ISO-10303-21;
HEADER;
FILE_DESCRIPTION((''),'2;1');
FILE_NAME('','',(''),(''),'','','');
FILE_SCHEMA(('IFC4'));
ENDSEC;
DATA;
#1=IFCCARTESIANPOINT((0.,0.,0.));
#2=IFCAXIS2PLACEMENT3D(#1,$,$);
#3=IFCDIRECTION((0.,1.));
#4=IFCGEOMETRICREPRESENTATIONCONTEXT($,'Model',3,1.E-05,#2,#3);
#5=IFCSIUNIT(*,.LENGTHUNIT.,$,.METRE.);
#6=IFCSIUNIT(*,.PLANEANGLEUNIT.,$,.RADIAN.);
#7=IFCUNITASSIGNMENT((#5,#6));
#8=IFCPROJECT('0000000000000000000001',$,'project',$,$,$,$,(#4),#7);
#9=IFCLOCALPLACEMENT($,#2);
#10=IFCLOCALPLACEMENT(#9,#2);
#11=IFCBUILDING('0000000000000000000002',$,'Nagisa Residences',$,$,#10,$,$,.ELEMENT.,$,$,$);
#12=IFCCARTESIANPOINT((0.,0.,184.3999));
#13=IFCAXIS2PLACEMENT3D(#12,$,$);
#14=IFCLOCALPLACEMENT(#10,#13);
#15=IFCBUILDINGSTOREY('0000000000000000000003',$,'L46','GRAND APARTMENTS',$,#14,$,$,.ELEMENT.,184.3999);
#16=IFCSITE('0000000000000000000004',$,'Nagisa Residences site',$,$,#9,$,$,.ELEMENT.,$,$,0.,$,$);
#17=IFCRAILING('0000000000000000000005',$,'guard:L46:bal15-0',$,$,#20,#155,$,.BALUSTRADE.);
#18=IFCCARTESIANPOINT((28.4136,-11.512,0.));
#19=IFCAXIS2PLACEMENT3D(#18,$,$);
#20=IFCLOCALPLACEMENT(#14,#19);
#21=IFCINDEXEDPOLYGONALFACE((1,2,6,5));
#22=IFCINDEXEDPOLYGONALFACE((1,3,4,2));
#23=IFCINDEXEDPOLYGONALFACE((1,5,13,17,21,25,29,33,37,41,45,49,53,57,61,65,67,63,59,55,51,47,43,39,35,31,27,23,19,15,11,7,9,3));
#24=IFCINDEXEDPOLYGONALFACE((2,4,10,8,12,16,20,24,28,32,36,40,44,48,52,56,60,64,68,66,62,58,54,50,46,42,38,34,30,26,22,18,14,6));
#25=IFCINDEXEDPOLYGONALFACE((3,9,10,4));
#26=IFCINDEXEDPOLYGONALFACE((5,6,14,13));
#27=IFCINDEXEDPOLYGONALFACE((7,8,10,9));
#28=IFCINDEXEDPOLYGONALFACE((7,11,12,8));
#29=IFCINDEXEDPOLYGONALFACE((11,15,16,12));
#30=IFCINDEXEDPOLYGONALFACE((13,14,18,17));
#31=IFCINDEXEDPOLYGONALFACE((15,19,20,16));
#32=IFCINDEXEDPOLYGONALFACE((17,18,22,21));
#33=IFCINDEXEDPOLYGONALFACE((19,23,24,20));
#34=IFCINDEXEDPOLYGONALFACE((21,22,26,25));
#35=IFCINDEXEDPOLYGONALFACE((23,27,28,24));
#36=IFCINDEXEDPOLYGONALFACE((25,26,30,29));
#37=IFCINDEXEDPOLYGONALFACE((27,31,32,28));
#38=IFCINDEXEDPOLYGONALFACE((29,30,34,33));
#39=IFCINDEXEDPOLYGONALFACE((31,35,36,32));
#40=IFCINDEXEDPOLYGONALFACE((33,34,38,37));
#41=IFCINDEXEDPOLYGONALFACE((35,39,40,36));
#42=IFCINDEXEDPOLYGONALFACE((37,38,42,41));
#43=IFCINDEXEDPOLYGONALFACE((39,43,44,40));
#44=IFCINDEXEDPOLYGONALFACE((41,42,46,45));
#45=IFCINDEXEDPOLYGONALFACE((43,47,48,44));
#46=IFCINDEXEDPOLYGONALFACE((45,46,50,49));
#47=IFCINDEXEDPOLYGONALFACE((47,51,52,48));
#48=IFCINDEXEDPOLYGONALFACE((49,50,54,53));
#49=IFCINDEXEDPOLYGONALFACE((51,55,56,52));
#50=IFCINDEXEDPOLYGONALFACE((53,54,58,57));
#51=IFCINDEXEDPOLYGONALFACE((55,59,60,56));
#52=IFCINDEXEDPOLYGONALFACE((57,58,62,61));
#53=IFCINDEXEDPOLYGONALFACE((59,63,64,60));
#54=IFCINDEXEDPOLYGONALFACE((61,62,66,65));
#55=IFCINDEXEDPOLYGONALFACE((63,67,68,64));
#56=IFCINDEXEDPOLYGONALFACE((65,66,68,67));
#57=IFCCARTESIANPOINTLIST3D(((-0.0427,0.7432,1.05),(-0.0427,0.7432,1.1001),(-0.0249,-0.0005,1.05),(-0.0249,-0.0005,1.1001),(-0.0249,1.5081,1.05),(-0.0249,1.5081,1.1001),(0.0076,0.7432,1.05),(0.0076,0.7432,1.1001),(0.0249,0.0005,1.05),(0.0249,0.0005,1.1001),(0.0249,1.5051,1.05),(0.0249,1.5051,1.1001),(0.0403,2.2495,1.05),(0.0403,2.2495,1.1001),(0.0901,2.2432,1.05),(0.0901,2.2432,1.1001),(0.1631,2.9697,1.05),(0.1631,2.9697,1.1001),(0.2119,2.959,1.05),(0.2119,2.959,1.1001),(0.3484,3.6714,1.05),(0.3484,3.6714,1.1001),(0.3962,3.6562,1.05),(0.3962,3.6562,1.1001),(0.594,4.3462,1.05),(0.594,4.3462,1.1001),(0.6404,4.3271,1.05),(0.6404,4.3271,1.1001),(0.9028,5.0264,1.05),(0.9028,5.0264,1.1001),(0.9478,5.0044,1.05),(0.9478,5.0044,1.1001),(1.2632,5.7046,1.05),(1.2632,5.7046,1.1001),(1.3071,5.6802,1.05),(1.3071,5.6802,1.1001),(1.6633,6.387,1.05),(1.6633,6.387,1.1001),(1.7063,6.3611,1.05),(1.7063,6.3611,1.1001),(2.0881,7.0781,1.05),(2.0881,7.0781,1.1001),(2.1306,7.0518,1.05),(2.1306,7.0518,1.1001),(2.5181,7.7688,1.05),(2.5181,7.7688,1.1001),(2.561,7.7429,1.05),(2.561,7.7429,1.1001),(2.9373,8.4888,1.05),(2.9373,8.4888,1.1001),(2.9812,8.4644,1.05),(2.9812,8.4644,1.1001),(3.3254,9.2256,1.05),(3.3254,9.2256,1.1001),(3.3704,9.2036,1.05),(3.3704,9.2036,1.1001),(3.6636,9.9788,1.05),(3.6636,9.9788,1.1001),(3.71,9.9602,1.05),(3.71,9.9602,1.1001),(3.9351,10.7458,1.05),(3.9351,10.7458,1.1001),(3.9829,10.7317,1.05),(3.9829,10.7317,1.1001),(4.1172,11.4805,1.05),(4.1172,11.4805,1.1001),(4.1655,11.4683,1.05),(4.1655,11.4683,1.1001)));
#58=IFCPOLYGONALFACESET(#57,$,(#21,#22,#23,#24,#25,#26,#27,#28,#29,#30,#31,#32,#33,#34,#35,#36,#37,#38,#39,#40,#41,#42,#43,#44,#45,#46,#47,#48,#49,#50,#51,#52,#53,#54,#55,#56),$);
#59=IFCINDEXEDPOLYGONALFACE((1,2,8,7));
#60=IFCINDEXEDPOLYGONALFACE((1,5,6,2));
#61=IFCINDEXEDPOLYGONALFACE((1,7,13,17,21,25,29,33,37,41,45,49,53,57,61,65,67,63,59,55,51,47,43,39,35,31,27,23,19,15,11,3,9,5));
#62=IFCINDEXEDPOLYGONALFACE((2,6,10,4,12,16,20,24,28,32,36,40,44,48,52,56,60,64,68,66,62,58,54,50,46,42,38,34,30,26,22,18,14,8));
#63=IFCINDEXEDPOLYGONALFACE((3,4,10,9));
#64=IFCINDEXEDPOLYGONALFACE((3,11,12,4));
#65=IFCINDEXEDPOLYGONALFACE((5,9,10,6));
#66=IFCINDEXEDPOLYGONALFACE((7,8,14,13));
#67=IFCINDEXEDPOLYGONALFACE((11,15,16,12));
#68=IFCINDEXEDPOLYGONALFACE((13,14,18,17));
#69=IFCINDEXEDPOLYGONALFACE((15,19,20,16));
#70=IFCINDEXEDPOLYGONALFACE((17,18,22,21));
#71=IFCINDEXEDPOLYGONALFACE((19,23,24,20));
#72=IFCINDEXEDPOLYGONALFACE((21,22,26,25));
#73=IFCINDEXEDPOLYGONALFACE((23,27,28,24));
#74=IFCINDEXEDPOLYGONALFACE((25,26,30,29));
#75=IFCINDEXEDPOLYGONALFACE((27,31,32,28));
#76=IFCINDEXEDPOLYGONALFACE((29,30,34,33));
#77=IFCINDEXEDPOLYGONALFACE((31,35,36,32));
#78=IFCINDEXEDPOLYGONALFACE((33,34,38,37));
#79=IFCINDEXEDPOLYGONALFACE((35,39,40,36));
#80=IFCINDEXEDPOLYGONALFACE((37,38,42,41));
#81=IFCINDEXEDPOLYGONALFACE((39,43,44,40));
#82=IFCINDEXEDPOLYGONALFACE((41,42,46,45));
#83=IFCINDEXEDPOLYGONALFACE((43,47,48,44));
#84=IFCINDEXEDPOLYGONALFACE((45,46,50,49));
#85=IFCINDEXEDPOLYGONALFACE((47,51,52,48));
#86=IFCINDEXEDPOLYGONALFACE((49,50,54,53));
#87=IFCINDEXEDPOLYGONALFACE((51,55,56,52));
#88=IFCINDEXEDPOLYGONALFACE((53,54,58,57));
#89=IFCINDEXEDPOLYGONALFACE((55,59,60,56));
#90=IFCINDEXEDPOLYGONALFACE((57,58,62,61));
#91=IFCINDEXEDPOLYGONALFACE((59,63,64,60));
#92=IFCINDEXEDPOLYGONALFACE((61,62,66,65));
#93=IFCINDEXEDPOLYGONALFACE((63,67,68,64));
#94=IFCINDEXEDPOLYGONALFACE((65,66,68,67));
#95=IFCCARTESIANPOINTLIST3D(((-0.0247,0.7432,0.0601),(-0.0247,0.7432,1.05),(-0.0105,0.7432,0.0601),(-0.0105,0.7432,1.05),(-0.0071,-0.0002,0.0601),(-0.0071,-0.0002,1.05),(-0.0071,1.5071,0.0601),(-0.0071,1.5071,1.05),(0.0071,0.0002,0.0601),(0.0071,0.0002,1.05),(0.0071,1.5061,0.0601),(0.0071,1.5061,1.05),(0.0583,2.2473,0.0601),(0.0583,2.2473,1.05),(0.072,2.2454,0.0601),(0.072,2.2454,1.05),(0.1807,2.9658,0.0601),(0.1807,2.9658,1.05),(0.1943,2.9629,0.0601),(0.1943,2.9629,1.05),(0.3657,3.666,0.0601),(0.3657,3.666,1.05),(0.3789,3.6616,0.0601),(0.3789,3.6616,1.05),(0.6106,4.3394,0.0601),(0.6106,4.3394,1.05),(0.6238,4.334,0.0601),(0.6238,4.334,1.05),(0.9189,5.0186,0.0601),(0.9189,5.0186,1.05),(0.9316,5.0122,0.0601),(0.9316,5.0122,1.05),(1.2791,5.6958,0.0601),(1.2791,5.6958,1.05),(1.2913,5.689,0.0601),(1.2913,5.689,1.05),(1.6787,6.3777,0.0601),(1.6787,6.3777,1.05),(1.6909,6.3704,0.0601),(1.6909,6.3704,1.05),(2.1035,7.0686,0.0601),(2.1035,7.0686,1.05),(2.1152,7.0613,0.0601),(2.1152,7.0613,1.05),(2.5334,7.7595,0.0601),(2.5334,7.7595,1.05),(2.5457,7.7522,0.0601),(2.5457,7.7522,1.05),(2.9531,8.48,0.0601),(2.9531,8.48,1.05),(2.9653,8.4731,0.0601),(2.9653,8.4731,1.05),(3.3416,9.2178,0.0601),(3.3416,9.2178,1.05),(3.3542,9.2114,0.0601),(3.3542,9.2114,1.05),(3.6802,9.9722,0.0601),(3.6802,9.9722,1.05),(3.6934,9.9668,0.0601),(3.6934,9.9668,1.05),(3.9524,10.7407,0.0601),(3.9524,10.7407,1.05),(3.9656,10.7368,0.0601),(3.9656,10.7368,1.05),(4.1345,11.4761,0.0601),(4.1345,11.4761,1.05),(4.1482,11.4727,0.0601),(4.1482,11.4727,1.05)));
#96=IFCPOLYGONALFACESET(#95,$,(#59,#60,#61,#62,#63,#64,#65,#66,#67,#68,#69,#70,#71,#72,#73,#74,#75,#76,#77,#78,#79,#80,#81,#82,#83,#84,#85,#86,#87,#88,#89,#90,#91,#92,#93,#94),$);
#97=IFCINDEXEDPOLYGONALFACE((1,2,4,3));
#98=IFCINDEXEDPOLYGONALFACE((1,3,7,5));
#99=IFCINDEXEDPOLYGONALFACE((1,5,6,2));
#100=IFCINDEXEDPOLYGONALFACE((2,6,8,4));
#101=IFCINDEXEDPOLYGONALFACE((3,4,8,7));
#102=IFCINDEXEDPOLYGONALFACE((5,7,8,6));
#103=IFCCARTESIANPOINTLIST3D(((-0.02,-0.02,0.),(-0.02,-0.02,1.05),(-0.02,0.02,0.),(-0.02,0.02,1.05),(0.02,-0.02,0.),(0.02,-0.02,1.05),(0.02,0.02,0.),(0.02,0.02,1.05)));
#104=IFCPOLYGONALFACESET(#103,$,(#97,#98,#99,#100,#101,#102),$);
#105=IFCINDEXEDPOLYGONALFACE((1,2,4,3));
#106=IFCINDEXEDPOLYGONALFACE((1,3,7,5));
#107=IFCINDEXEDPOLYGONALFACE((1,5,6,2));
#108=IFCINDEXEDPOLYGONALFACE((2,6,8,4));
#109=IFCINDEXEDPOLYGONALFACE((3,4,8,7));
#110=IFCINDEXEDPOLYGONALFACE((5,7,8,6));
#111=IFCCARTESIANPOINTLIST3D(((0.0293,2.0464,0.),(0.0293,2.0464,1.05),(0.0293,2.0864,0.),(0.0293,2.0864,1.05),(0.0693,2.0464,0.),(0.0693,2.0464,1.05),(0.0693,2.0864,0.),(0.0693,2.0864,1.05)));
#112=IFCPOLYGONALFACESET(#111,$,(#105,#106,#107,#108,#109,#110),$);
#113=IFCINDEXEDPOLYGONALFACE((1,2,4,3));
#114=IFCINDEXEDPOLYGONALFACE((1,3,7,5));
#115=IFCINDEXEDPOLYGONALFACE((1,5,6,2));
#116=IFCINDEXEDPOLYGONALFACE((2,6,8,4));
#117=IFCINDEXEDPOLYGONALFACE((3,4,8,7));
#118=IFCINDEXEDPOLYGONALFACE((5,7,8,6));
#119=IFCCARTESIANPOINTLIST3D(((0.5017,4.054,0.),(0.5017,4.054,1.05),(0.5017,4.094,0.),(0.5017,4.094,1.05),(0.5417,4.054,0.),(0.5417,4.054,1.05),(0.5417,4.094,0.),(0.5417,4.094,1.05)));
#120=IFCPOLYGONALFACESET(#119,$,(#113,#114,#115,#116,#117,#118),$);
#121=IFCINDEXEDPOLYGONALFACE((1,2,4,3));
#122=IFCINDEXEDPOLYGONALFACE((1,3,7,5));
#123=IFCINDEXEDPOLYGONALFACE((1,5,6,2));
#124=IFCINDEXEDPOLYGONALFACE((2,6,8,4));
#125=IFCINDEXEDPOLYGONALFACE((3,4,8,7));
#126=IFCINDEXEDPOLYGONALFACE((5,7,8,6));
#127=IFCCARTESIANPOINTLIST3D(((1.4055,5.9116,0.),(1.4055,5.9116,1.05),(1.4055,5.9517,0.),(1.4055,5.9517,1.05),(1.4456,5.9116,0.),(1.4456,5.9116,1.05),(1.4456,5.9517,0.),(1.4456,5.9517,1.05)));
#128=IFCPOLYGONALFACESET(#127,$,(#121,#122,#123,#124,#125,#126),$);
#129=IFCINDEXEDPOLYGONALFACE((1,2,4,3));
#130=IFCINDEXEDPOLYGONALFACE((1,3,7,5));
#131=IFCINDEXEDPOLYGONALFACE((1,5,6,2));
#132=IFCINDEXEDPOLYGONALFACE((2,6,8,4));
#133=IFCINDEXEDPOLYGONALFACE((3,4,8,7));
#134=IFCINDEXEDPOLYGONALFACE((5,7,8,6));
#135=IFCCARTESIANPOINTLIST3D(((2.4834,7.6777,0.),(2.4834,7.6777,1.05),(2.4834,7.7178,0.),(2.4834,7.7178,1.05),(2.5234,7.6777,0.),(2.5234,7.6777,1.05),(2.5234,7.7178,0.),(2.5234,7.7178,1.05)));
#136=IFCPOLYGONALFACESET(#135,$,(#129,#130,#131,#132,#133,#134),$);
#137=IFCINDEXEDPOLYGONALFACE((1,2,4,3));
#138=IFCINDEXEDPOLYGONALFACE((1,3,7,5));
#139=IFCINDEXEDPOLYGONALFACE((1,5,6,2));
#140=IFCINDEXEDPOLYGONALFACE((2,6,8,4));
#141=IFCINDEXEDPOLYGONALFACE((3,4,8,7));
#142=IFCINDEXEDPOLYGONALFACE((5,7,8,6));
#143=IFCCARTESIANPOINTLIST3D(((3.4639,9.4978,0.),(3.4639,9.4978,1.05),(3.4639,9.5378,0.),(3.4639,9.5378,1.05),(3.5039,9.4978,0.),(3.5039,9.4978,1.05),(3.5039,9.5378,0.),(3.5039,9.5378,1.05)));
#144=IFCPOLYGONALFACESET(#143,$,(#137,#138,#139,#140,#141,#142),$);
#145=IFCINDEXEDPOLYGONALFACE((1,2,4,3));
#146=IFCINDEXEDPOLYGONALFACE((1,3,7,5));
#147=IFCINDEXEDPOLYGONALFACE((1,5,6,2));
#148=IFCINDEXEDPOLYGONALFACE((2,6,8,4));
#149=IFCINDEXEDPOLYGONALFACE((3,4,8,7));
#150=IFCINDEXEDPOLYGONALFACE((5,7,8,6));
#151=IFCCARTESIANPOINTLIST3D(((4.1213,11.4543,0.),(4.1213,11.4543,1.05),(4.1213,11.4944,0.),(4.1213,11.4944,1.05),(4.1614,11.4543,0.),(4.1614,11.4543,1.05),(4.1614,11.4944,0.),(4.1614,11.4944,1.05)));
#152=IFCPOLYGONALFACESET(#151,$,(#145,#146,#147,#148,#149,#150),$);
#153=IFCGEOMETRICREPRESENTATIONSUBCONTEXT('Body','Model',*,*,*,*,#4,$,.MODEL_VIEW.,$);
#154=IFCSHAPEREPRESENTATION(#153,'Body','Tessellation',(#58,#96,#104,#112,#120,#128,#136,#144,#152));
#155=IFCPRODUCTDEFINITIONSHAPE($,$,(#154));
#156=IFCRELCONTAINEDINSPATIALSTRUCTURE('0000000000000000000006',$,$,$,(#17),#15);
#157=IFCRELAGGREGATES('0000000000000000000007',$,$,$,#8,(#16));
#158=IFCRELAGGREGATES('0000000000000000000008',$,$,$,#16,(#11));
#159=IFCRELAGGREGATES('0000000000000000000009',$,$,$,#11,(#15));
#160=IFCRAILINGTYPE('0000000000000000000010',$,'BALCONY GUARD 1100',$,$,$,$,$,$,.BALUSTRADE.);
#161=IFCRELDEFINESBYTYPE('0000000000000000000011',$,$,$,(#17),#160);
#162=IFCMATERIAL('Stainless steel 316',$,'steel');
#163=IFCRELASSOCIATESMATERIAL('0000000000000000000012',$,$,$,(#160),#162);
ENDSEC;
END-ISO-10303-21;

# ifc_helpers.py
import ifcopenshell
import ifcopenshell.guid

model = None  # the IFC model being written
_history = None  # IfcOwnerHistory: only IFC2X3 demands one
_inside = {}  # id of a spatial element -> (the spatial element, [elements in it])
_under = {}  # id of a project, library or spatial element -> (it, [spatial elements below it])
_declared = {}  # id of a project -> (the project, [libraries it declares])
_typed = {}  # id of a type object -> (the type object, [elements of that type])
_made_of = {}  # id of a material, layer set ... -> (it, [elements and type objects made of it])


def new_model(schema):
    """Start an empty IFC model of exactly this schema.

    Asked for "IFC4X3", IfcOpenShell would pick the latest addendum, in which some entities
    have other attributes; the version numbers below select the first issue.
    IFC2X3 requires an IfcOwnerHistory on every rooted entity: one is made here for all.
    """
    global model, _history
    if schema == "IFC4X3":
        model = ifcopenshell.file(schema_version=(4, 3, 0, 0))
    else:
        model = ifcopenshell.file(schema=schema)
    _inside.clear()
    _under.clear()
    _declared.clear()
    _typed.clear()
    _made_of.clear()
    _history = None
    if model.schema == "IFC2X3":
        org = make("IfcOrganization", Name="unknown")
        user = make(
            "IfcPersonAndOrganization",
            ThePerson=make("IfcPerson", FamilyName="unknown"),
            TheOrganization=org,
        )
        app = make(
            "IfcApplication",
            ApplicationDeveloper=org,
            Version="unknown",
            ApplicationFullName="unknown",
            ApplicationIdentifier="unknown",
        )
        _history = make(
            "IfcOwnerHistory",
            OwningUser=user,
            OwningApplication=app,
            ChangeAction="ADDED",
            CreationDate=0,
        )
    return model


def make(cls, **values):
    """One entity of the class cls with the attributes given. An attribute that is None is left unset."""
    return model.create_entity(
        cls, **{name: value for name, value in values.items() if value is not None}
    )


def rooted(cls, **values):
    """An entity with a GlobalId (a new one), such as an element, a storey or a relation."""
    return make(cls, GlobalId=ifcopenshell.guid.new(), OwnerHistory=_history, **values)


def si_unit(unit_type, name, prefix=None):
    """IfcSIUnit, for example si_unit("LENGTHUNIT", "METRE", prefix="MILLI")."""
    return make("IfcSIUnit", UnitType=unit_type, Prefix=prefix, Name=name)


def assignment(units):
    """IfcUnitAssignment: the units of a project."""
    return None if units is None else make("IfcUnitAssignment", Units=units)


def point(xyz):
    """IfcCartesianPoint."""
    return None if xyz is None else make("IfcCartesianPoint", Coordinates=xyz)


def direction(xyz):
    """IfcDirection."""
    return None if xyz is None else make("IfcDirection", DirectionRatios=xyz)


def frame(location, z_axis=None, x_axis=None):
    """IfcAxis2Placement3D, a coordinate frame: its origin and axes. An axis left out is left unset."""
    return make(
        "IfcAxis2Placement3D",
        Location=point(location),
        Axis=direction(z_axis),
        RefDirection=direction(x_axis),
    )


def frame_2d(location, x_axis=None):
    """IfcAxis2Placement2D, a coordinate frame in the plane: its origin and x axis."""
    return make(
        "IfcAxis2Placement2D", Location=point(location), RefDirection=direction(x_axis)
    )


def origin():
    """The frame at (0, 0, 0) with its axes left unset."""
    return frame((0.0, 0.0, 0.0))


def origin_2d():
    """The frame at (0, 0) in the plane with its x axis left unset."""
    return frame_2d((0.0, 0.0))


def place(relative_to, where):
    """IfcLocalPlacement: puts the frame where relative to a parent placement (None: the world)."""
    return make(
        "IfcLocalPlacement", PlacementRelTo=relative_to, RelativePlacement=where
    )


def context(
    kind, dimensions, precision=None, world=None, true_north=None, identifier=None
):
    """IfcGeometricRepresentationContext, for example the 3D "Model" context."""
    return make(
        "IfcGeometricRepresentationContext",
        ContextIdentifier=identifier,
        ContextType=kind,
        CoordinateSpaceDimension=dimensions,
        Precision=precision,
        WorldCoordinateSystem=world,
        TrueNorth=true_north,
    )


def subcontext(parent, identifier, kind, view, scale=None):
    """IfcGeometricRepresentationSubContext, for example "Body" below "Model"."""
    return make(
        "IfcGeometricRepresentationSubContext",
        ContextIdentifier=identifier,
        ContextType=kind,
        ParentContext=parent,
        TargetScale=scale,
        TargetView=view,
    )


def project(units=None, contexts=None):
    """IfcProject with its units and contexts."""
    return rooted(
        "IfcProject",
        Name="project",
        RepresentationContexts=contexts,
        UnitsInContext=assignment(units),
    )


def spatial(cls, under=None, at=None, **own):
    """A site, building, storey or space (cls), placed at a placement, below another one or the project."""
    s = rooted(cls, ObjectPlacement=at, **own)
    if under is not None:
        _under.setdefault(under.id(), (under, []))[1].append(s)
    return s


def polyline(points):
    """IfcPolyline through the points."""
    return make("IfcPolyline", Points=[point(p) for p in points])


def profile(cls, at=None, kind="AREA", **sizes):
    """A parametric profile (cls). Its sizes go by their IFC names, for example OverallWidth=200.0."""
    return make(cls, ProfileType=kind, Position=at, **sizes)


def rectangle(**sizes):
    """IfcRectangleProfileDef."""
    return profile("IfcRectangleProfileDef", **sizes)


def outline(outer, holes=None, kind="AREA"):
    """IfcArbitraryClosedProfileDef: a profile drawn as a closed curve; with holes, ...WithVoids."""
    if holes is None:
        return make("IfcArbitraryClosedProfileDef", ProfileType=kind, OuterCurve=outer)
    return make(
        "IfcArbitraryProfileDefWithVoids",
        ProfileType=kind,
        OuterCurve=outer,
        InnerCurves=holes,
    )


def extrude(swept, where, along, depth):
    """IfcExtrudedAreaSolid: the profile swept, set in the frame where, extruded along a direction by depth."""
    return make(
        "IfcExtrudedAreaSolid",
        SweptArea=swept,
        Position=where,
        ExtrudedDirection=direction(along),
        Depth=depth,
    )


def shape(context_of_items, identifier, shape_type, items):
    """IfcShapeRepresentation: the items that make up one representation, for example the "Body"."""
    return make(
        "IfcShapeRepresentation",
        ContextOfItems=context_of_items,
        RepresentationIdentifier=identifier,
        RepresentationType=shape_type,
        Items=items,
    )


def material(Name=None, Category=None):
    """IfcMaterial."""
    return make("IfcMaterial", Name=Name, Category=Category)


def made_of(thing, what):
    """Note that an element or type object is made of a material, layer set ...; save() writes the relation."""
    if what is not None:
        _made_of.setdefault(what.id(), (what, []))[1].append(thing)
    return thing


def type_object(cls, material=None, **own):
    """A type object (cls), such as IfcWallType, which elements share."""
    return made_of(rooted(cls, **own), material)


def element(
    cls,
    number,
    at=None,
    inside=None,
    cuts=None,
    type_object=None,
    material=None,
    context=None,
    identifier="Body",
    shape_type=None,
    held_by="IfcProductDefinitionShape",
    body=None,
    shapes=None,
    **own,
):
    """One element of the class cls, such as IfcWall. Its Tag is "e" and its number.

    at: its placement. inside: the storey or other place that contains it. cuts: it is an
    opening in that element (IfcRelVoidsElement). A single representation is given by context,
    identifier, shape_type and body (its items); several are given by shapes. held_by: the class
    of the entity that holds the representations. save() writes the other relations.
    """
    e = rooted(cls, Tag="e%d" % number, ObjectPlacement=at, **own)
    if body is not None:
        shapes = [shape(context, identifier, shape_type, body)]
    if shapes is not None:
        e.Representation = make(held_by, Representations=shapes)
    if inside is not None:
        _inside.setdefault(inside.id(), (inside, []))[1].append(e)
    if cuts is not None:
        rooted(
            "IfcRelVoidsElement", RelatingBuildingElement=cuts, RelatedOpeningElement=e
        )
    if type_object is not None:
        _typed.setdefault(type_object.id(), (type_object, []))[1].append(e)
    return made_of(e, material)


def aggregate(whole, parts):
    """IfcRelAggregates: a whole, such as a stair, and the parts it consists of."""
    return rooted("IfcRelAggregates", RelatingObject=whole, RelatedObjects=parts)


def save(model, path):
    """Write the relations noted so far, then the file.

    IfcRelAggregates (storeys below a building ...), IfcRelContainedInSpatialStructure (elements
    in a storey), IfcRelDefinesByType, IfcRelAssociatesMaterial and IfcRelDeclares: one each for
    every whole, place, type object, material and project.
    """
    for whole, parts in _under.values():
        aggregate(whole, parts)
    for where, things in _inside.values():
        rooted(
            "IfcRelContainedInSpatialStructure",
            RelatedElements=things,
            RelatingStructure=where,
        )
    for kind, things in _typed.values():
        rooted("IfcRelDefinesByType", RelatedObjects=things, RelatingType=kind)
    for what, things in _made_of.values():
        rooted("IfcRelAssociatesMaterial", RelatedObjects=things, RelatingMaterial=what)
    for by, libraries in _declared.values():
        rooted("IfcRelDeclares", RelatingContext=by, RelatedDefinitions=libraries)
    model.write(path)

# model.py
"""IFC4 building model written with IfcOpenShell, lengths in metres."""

from ifc_helpers import new_model, si_unit, direction, frame, origin, origin_2d, place, context, subcontext, project, spatial, polyline, rectangle, outline, extrude, material, type_object, element, save


model = new_model("IFC4")

# Units and contexts
model_context = context("Model", 3, precision=1e-05, world=origin(), true_north=direction((0.0, 1.0)))
body_context = subcontext(model_context, "Body", "Model", "MODEL_VIEW")
ifc_project = project(units=[si_unit("LENGTHUNIT", "METRE"), si_unit("PLANEANGLEUNIT", "RADIAN")], contexts=[model_context])

# Site, building, storey
site_placement = place(None, origin())
site = spatial("IfcSite", under=ifc_project, at=site_placement, Name="Nagisa Residences site", CompositionType="ELEMENT", RefElevation=0.0)
building_placement = place(site_placement, origin())
building = spatial("IfcBuilding", under=site, at=building_placement, Name="Nagisa Residences", CompositionType="ELEMENT")
storey_placement = place(building_placement, frame((0.0, 0.0, 184.3999)))
storey = spatial("IfcBuildingStorey", under=building, at=storey_placement, Name="L46", Description="GRAND APARTMENTS", CompositionType="ELEMENT", Elevation=184.3999)

# Railing
ifc_material_1 = material(Name="Stainless steel 316", Category="steel")
railing_type = type_object("IfcRailingType", Name="BALCONY GUARD 1100", PredefinedType="BALUSTRADE", material=ifc_material_1)
railing_placement = place(storey_placement, frame((28.4136, -11.512, 0.0)))
element("IfcRailing", 1, at=railing_placement, inside=storey, type_object=railing_type, Name="guard:L46:bal15-0", PredefinedType="BALUSTRADE", context=body_context, shape_type="SweptSolid", body=[
    extrude(outline(polyline([(-0.0427, 0.7432), (-0.0249, -0.0005), (0.0249, 0.0005), (0.0076, 0.7432), (0.0249, 1.5051), (0.0901, 2.2432), (0.2119, 2.959), (0.3962, 3.6562), (0.6404, 4.3271), (0.9478, 5.0044), (1.3071, 5.6802), (1.7063, 6.3611), (2.1306, 7.0518), (2.561, 7.7429), (2.9812, 8.4644), (3.3704, 9.2036), (3.71, 9.9602), (3.9829, 10.7317), (4.1655, 11.4683), (4.1172, 11.4805), (3.9351, 10.7458), (3.6636, 9.9788), (3.3254, 9.2256), (2.9373, 8.4888), (2.5181, 7.7688), (2.0881, 7.0781), (1.6633, 6.387), (1.2632, 5.7046), (0.9028, 5.0264), (0.594, 4.3462), (0.3484, 3.6714), (0.1631, 2.9697), (0.0403, 2.2495), (-0.0249, 1.5081), (-0.0427, 0.7432)])), frame((0.0, 0.0, 1.05)), (0.0, 0.0, 1.0), 0.05),
    extrude(outline(polyline([(-0.0247, 0.7432), (-0.0071, -0.0002), (0.0071, 0.0002), (-0.0105, 0.7432), (0.0071, 1.5061), (0.072, 2.2454), (0.1943, 2.9629), (0.3789, 3.6616), (0.6238, 4.334), (0.9316, 5.0122), (1.2913, 5.689), (1.6909, 6.3704), (2.1152, 7.0613), (2.5457, 7.7522), (2.9653, 8.4731), (3.3542, 9.2114), (3.6934, 9.9668), (3.9656, 10.7368), (4.1482, 11.4727), (4.1345, 11.4761), (3.9524, 10.7407), (3.6802, 9.9722), (3.3416, 9.2178), (2.9531, 8.48), (2.5334, 7.7595), (2.1035, 7.0686), (1.6787, 6.3777), (1.2791, 5.6958), (0.9189, 5.0186), (0.6106, 4.3394), (0.3657, 3.666), (0.1807, 2.9658), (0.0583, 2.2473), (-0.0071, 1.5071), (-0.0247, 0.7432)])), frame((0.0, 0.0, 0.0601)), (0.0, 0.0, 1.0), 0.99),
    extrude(rectangle(XDim=0.04, YDim=0.04, at=origin_2d()), origin(), (0.0, 0.0, 1.0), 1.05),
    extrude(rectangle(XDim=0.04, YDim=0.04, at=origin_2d()), frame((0.0493, 2.0664, 0.0)), (0.0, 0.0, 1.0), 1.05),
    extrude(rectangle(XDim=0.04, YDim=0.04, at=origin_2d()), frame((0.5217, 4.074, 0.0)), (0.0, 0.0, 1.0), 1.05),
    extrude(rectangle(XDim=0.04, YDim=0.04, at=origin_2d()), frame((1.4255, 5.9316, 0.0)), (0.0, 0.0, 1.0), 1.05),
    extrude(rectangle(XDim=0.04, YDim=0.04, at=origin_2d()), frame((2.5034, 7.6978, 0.0)), (0.0, 0.0, 1.0), 1.05),
    extrude(rectangle(XDim=0.04, YDim=0.04, at=origin_2d()), frame((3.4839, 9.5178, 0.0)), (0.0, 0.0, 1.0), 1.05),
    extrude(rectangle(XDim=0.04, YDim=0.04, at=origin_2d()), frame((4.1414, 11.4744, 0.0)), (0.0, 0.0, 1.0), 1.05),
])

save(model, "model.ifc")
